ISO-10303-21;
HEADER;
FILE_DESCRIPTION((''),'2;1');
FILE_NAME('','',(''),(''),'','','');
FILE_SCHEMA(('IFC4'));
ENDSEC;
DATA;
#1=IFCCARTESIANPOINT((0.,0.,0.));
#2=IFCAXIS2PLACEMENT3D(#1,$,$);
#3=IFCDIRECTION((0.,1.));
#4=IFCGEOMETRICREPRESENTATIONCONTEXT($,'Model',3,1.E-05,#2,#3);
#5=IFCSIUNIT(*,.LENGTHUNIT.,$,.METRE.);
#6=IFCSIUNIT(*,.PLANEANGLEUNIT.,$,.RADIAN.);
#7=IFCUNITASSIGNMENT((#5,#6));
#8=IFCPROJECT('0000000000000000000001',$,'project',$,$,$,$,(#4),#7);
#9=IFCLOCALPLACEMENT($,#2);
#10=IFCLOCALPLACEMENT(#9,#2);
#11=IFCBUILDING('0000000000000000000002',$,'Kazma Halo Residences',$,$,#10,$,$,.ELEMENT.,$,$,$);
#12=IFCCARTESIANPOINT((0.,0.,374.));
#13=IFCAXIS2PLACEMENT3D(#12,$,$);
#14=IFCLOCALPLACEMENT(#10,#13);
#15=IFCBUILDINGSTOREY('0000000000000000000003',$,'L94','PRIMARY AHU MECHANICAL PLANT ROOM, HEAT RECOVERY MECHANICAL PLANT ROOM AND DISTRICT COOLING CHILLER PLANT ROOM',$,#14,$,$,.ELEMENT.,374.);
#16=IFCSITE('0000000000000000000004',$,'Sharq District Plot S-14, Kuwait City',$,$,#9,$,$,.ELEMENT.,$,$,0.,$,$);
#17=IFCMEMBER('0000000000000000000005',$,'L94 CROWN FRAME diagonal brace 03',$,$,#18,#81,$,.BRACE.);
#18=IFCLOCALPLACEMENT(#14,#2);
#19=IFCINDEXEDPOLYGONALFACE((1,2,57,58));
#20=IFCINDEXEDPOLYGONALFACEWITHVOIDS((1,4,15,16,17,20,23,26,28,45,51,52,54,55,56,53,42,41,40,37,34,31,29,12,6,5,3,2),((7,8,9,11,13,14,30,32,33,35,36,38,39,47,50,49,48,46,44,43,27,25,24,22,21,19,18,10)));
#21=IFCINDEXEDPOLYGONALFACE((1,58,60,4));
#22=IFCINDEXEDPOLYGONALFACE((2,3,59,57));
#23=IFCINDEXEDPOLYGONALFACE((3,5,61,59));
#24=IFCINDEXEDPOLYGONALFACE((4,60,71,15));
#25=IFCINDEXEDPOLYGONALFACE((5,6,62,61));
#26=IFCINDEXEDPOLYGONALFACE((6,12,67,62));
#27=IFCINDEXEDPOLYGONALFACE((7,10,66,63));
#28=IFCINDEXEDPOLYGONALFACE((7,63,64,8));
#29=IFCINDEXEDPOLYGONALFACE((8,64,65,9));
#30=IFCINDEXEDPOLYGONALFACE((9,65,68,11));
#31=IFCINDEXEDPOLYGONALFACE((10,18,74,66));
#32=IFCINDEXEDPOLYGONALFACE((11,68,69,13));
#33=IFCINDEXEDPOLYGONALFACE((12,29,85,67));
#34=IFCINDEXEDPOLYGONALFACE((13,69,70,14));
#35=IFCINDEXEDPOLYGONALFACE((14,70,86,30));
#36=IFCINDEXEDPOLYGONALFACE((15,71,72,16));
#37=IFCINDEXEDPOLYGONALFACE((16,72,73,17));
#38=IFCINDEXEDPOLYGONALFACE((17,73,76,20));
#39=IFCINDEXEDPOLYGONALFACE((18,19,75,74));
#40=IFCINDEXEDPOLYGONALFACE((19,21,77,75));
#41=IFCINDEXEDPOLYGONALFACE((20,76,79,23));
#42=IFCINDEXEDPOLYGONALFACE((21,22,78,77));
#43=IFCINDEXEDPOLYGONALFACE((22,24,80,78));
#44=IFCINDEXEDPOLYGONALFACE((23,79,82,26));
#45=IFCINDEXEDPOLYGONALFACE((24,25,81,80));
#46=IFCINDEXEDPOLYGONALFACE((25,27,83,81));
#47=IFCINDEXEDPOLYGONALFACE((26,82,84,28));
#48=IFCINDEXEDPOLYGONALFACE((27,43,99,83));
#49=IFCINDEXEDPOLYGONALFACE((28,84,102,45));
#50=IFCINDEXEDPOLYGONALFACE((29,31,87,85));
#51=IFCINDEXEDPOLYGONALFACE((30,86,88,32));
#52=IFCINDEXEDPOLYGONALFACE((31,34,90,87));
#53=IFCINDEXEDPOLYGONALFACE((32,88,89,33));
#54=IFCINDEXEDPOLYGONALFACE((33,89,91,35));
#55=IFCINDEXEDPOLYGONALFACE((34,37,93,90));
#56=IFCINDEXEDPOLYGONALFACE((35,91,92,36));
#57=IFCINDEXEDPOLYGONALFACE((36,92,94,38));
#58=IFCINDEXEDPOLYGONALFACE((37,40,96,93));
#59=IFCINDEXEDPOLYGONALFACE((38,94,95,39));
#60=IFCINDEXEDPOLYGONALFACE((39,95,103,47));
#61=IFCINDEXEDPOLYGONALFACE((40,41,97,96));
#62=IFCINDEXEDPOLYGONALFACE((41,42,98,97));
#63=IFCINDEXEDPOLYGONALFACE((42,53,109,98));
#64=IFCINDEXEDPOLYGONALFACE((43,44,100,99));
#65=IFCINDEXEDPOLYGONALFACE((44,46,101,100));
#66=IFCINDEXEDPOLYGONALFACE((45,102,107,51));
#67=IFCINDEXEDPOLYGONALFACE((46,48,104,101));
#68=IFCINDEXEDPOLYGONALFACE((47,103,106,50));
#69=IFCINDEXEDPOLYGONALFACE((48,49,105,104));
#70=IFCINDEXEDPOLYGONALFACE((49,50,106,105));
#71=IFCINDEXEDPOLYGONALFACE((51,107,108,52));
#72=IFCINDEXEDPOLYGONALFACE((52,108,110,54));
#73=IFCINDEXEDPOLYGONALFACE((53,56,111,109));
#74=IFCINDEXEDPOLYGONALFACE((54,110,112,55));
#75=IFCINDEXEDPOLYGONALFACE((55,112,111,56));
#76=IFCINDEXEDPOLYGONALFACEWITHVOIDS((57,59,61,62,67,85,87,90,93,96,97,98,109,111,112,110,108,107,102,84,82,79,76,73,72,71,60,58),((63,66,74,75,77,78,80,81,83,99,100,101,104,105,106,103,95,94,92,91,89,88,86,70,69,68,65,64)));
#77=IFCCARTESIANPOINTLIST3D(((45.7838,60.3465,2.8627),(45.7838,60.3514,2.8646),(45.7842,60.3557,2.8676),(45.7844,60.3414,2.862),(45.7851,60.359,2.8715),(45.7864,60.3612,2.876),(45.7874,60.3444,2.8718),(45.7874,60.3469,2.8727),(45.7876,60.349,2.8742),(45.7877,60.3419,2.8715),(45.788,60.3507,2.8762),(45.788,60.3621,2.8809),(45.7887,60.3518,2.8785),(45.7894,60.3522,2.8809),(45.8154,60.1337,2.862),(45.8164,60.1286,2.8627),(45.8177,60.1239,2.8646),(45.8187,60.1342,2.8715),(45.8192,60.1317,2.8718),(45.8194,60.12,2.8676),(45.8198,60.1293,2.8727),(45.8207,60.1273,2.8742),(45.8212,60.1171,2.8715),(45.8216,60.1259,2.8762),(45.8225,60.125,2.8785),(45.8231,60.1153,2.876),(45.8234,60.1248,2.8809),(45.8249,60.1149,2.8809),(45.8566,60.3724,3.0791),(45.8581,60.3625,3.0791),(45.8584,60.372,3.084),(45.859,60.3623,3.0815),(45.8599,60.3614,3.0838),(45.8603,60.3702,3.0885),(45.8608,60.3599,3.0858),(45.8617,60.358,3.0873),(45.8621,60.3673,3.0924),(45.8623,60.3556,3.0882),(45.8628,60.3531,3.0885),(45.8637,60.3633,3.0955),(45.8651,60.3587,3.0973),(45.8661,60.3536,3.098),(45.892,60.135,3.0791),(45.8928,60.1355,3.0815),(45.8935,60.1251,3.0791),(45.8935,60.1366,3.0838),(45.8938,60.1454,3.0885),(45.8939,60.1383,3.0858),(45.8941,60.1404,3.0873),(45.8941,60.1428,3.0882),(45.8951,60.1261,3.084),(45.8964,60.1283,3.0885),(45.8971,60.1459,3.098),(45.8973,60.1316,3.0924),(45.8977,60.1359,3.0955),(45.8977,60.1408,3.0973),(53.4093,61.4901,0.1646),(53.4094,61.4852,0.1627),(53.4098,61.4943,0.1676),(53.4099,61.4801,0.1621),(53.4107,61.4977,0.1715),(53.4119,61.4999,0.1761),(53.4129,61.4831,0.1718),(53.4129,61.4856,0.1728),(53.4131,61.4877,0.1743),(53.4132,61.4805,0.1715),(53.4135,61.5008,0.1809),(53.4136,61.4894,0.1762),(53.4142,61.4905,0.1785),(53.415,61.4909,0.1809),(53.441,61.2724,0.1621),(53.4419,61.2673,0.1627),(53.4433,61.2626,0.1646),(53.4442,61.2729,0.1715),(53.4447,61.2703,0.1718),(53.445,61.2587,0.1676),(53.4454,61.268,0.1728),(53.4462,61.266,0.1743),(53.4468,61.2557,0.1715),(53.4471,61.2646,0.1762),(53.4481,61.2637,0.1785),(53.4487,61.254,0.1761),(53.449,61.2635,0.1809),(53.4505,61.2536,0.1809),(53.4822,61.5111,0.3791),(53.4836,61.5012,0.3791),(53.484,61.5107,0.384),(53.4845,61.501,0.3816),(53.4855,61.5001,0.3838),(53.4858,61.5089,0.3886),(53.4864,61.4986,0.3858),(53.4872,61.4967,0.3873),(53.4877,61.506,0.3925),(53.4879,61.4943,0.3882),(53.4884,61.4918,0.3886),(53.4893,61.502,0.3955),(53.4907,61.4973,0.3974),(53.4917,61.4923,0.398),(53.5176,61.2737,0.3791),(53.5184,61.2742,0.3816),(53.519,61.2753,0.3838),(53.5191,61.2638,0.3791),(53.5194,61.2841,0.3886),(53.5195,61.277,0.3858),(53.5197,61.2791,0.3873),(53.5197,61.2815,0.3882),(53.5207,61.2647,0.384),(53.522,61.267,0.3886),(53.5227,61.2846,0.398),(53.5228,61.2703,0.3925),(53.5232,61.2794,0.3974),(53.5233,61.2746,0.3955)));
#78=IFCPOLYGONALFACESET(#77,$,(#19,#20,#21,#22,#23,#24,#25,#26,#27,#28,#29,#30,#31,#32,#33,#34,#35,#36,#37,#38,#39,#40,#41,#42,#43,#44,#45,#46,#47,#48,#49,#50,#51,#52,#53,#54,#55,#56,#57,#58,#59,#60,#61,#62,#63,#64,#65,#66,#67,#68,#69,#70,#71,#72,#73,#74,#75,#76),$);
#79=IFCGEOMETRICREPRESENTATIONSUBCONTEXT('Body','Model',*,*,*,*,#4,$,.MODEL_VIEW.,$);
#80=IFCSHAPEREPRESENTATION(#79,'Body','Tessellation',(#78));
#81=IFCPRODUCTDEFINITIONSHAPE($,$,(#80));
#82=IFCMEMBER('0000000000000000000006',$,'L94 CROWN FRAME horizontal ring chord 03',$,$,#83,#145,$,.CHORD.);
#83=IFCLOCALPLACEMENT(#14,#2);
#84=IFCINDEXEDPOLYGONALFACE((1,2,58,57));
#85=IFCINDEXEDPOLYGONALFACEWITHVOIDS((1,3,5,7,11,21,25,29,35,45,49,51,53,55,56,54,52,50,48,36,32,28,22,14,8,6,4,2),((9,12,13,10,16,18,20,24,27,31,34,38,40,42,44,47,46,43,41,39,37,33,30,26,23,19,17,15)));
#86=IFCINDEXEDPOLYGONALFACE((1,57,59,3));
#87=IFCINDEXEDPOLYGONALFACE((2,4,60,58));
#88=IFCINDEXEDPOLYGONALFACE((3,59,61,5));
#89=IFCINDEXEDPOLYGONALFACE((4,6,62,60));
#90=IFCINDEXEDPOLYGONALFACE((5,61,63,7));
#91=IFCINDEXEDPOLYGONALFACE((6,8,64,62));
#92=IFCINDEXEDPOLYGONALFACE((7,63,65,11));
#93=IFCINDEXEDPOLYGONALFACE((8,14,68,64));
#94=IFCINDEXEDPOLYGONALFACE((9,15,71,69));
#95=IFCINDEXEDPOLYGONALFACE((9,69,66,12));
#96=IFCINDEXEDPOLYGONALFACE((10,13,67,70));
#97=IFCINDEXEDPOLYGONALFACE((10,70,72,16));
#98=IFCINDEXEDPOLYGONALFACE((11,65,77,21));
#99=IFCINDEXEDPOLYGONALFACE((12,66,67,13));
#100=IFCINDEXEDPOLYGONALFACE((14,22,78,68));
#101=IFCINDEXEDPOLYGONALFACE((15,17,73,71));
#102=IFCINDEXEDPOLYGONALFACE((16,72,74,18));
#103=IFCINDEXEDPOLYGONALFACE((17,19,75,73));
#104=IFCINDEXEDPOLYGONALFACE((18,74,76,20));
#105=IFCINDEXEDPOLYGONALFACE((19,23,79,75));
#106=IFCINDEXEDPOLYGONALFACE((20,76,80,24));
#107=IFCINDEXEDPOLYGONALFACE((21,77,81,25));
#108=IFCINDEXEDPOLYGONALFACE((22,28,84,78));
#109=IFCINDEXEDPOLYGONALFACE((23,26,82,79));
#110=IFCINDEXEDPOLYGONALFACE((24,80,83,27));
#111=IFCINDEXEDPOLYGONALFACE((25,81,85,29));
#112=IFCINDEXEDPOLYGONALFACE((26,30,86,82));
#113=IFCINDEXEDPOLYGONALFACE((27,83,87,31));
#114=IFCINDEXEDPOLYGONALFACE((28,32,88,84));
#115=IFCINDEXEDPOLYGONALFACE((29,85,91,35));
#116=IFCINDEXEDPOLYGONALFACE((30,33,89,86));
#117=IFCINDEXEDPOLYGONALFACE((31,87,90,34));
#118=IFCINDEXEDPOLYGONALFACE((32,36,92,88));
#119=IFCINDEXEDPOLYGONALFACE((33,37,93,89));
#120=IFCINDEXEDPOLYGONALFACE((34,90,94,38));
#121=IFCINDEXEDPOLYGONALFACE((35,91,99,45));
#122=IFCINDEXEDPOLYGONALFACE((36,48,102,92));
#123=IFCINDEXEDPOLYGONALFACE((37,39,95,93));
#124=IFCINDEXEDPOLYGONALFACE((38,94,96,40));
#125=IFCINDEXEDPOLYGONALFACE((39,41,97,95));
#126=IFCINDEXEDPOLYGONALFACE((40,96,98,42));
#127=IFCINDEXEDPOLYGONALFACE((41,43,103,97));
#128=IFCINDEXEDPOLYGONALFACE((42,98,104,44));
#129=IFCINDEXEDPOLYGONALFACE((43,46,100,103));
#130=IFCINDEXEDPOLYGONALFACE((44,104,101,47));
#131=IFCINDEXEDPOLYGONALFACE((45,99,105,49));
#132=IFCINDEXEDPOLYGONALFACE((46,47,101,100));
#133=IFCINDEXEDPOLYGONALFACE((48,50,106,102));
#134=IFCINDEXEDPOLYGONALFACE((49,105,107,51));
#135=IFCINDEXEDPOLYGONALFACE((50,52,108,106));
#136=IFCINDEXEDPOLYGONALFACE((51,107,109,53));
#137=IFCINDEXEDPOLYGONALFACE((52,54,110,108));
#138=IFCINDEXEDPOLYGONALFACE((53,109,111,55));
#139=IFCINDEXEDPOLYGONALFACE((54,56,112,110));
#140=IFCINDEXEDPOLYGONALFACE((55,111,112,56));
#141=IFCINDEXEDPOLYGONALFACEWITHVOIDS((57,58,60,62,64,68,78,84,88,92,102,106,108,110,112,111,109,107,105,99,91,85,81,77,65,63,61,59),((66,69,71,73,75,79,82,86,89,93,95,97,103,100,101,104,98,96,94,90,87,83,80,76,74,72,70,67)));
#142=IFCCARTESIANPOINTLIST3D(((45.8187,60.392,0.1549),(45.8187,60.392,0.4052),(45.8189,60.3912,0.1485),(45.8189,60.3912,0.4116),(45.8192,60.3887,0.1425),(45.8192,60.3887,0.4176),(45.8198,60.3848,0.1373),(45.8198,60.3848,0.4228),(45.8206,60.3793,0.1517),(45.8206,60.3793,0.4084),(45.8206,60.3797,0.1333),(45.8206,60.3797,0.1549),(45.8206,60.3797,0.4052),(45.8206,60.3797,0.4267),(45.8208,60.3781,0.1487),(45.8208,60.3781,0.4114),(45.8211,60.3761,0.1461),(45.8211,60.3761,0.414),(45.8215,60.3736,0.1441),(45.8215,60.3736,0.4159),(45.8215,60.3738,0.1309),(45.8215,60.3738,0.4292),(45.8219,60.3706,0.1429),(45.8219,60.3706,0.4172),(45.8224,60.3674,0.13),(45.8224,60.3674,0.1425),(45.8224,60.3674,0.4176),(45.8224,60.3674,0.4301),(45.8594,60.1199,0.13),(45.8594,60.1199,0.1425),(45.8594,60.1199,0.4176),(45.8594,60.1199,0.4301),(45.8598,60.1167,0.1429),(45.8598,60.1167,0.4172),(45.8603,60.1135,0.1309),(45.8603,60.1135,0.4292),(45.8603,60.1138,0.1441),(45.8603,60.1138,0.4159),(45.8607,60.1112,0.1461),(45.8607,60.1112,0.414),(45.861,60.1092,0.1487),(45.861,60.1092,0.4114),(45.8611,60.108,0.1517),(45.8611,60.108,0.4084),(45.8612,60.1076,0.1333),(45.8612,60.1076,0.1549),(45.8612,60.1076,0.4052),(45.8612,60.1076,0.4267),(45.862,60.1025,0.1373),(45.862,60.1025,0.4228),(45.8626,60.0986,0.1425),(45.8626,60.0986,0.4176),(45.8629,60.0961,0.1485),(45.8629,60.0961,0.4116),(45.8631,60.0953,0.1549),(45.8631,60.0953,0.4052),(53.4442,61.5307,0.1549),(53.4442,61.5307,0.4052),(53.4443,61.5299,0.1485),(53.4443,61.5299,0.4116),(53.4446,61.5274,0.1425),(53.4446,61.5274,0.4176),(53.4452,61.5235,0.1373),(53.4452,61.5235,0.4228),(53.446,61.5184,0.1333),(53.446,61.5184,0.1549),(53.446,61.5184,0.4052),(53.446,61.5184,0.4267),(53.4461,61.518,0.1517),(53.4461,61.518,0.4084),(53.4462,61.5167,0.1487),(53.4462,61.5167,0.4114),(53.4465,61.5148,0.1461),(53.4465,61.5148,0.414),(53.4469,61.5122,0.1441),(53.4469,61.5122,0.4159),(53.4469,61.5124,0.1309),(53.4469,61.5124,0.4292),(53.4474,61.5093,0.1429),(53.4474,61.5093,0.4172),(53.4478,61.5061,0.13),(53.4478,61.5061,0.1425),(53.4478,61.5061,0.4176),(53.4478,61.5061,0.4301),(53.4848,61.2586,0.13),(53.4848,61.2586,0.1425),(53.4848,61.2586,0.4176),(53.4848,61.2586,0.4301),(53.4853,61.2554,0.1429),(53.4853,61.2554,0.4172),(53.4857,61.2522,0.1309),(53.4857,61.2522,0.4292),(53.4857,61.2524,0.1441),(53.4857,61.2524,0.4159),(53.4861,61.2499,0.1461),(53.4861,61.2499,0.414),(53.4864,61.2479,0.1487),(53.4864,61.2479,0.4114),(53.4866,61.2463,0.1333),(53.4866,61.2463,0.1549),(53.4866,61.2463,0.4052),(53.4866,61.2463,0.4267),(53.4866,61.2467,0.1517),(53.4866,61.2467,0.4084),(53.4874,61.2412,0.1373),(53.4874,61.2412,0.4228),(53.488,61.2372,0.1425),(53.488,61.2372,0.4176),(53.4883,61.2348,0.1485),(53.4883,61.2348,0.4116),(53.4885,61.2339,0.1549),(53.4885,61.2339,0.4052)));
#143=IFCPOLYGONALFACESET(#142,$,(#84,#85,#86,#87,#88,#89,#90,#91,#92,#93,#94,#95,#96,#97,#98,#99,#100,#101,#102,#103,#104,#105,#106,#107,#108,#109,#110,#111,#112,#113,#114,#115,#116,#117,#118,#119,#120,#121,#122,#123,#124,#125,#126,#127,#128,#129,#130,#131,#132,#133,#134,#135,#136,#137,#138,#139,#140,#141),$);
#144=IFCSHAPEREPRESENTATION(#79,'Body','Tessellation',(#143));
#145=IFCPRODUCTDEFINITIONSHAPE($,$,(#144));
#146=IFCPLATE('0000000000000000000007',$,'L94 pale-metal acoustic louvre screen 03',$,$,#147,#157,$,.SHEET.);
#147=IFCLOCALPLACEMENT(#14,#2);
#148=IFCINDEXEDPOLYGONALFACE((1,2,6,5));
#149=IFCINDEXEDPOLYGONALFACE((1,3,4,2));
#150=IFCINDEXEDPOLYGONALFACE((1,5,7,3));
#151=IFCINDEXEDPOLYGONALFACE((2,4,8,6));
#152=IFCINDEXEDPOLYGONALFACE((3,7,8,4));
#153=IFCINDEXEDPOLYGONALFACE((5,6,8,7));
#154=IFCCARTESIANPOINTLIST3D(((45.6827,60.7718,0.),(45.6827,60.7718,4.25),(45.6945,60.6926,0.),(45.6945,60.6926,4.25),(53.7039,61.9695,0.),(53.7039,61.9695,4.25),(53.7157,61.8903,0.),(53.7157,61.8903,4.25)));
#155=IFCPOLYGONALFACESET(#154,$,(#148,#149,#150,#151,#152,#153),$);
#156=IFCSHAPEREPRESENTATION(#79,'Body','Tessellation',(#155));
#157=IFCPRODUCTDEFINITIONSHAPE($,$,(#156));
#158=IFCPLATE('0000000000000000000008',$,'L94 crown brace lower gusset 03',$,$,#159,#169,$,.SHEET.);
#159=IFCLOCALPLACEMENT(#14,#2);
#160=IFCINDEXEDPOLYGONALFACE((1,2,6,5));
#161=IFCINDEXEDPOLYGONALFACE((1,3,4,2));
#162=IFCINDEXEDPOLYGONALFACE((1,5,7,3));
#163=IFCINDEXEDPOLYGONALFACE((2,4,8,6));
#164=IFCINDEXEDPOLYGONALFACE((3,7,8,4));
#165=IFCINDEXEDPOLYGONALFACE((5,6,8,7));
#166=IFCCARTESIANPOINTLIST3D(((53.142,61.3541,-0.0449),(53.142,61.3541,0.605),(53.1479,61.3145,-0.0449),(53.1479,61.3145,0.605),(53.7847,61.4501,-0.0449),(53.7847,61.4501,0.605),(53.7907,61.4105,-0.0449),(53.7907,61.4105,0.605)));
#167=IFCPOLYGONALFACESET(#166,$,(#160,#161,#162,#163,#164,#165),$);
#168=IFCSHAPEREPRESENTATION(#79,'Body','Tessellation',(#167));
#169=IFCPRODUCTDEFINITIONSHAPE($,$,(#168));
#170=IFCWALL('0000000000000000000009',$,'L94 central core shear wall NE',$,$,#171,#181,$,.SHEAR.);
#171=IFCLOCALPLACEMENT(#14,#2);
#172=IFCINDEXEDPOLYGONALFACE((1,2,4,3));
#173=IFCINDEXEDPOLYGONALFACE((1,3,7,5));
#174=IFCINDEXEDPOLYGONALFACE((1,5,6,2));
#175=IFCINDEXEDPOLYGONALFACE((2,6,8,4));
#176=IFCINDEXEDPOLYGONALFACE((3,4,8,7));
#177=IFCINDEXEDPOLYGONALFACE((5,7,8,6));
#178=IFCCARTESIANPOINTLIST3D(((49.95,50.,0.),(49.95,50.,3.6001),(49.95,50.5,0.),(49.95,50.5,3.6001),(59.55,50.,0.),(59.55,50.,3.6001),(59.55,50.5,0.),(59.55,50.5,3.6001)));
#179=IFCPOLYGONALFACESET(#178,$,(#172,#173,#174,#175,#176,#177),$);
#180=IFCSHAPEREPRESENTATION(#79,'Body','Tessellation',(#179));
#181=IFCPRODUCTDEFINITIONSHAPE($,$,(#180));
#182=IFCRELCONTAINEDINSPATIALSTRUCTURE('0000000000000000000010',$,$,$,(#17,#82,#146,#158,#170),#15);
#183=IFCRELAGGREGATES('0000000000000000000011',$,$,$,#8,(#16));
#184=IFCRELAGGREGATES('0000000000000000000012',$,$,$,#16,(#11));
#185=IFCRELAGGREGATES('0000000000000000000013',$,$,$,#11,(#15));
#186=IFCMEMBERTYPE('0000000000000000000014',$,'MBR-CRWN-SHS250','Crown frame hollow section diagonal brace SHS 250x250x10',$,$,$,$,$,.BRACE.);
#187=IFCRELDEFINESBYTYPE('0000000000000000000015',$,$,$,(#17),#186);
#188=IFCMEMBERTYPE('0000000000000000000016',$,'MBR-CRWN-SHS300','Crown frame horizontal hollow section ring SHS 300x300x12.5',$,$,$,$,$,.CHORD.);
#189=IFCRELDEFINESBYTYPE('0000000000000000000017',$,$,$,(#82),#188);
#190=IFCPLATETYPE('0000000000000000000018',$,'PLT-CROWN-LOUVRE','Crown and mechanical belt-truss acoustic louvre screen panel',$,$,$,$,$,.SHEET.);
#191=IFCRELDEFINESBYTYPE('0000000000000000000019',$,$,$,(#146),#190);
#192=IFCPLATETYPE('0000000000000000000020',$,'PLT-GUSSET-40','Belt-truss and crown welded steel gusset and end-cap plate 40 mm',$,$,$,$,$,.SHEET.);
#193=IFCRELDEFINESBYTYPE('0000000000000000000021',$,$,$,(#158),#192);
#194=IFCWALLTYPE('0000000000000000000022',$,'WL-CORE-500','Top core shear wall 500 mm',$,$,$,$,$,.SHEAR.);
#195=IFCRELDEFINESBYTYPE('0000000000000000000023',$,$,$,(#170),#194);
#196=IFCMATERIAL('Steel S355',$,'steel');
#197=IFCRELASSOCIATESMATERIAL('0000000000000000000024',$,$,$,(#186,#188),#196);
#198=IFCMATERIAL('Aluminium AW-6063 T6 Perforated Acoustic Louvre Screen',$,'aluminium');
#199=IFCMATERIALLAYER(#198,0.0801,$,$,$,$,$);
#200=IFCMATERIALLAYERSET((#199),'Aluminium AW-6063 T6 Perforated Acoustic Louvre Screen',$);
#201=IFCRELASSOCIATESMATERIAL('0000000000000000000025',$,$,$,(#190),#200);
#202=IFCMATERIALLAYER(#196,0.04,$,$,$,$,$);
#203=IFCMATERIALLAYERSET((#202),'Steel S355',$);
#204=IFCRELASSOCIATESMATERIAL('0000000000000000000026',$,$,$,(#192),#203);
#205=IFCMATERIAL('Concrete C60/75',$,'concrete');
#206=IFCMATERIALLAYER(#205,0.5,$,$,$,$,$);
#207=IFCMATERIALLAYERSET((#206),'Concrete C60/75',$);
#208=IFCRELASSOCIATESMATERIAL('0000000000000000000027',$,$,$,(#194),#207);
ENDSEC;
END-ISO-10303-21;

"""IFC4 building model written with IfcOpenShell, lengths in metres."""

from ifc_helpers import new_model, si_unit, direction, frame, frame_2d, origin, origin_2d, place, context, subcontext, project, spatial, rectangle, hollow_rectangle, extrude, material, layer, layer_set, material_profile, profile_set, type_object, element, save


model = new_model("IFC4")

# Units and contexts
model_context = context("Model", 3, precision=1e-05, world=origin(), true_north=direction((0.0, 1.0)))
body_context = subcontext(model_context, "Body", "Model", "MODEL_VIEW")
ifc_project = project(units=[si_unit("LENGTHUNIT", "METRE"), si_unit("PLANEANGLEUNIT", "RADIAN")], contexts=[model_context])

# Site, building, storey
site_placement = place(None, origin())
site = spatial("IfcSite", under=ifc_project, at=site_placement, Name="Sharq District Plot S-14, Kuwait City", CompositionType="ELEMENT", RefElevation=0.0)
building_placement = place(site_placement, origin())
building = spatial("IfcBuilding", under=site, at=building_placement, Name="Kazma Halo Residences", CompositionType="ELEMENT")
storey_placement = place(building_placement, frame((0.0, 0.0, 374.0)))
storey = spatial("IfcBuildingStorey", under=building, at=storey_placement, Name="L94", Description="PRIMARY AHU MECHANICAL PLANT ROOM, HEAT RECOVERY MECHANICAL PLANT ROOM AND DISTRICT COOLING CHILLER PLANT ROOM", CompositionType="ELEMENT", Elevation=374.0)

# Shared definitions
ifc_material_1 = material(Name="Steel S355", Category="steel")

# Members
ifc_material_profile_1 = material_profile(ifc_material_1, hollow_rectangle(XDim=0.25, YDim=0.25, WallThickness=0.01, InnerFilletRadius=0.01, OuterFilletRadius=0.02, at=origin_2d()), Name="SHS250x250x10")
ifc_profile_set_1 = profile_set([ifc_material_profile_1], Name="Steel S355")
member_type_1 = type_object("IfcMemberType", Name="MBR-CRWN-SHS250", Description="Crown frame hollow section diagonal brace SHS 250x250x10", PredefinedType="BRACE", material=ifc_profile_set_1)
member_1_placement = place(storey_placement, frame((53.4663, 61.3823, 0.28), z_axis=(-0.933454, -0.139387, 0.330507), x_axis=(0.147687, -0.989034, 0.0)))
element("IfcMember", 1, at=member_1_placement, inside=storey, type_object=member_type_1, Name="L94 CROWN FRAME diagonal brace 03", PredefinedType="BRACE", context=body_context, shape_type="SweptSolid", body=[
    extrude(hollow_rectangle(XDim=0.25, YDim=0.25, WallThickness=0.01, InnerFilletRadius=0.01, OuterFilletRadius=0.02, at=origin_2d()), origin(), (0.0, 0.0, 1.0), 8.1692),
])
ifc_material_profile_2 = material_profile(ifc_material_1, hollow_rectangle(XDim=0.3, YDim=0.3, WallThickness=0.0125, InnerFilletRadius=0.0125, OuterFilletRadius=0.0249, at=origin_2d()), Name="SHS300x300x12.5")
ifc_profile_set_2 = profile_set([ifc_material_profile_2], Name="Steel S355")
member_type_2 = type_object("IfcMemberType", Name="MBR-CRWN-SHS300", Description="Crown frame horizontal hollow section ring SHS 300x300x12.5", PredefinedType="CHORD", material=ifc_profile_set_2)
member_2_placement = place(storey_placement, frame((53.4663, 61.3823, 0.28), z_axis=(-0.989034, -0.147687, 0.0), x_axis=(0.147687, -0.989034, 0.0)))
element("IfcMember", 2, at=member_2_placement, inside=storey, type_object=member_type_2, Name="L94 CROWN FRAME horizontal ring chord 03", PredefinedType="CHORD", context=body_context, shape_type="SweptSolid", body=[
    extrude(hollow_rectangle(XDim=0.3, YDim=0.3, WallThickness=0.0125, InnerFilletRadius=0.0125, OuterFilletRadius=0.0249, at=origin_2d()), origin(), (0.0, 0.0, 1.0), 7.71),
])

# Plates
ifc_material_2 = material(Name="Aluminium AW-6063 T6 Perforated Acoustic Louvre Screen", Category="aluminium")
ifc_layer_1 = layer(ifc_material_2, 0.0801)
ifc_layer_set_1 = layer_set([ifc_layer_1], Name="Aluminium AW-6063 T6 Perforated Acoustic Louvre Screen")
plate_type_1 = type_object("IfcPlateType", Name="PLT-CROWN-LOUVRE", Description="Crown and mechanical belt-truss acoustic louvre screen panel", PredefinedType="SHEET", material=ifc_layer_set_1)
plate_1_placement = place(storey_placement, frame((49.6992, 61.3311, 0.0), z_axis=(0.0, 0.0, 1.0), x_axis=(-0.989034, -0.147687, 0.0)))
element("IfcPlate", 3, at=plate_1_placement, inside=storey, type_object=plate_type_1, Name="L94 pale-metal acoustic louvre screen 03", PredefinedType="SHEET", context=body_context, shape_type="SweptSolid", body=[
    extrude(rectangle(XDim=8.1101, YDim=0.0801, at=origin_2d()), origin(), (0.0, 0.0, 1.0), 4.25),
])
ifc_layer_2 = layer(ifc_material_1, 0.04)
ifc_layer_set_2 = layer_set([ifc_layer_2], Name="Steel S355")
plate_type_2 = type_object("IfcPlateType", Name="PLT-GUSSET-40", Description="Belt-truss and crown welded steel gusset and end-cap plate 40 mm", PredefinedType="SHEET", material=ifc_layer_set_2)
plate_2_placement = place(storey_placement, frame((53.4663, 61.3823, -0.0449), z_axis=(0.0, 0.0, 1.0), x_axis=(-0.989034, -0.147687, 0.0)))
element("IfcPlate", 4, at=plate_2_placement, inside=storey, type_object=plate_type_2, Name="L94 crown brace lower gusset 03", PredefinedType="SHEET", context=body_context, shape_type="SweptSolid", body=[
    extrude(rectangle(XDim=0.6499, YDim=0.04, at=origin_2d()), origin(), (0.0, 0.0, 1.0), 0.6499),
])

# Wall
ifc_material_3 = material(Name="Concrete C60/75", Category="concrete")
ifc_layer_3 = layer(ifc_material_3, 0.5)
ifc_layer_set_3 = layer_set([ifc_layer_3], Name="Concrete C60/75")
wall_type_1 = type_object("IfcWallType", Name="WL-CORE-500", Description="Top core shear wall 500 mm", PredefinedType="SHEAR", material=ifc_layer_set_3)
wall_1_placement = place(storey_placement, frame((49.95, 50.25, 0.0), z_axis=(0.0, 0.0, 1.0), x_axis=(1.0, 0.0, 0.0)))
element("IfcWall", 5, at=wall_1_placement, inside=storey, type_object=wall_type_1, Name="L94 central core shear wall NE", PredefinedType="SHEAR", context=body_context, shape_type="SweptSolid", body=[
    extrude(rectangle(XDim=9.6001, YDim=0.5, at=frame_2d((4.8, 0.0))), origin(), (0.0, 0.0, 1.0), 3.6001),
])

save(model, "model.ifc")
